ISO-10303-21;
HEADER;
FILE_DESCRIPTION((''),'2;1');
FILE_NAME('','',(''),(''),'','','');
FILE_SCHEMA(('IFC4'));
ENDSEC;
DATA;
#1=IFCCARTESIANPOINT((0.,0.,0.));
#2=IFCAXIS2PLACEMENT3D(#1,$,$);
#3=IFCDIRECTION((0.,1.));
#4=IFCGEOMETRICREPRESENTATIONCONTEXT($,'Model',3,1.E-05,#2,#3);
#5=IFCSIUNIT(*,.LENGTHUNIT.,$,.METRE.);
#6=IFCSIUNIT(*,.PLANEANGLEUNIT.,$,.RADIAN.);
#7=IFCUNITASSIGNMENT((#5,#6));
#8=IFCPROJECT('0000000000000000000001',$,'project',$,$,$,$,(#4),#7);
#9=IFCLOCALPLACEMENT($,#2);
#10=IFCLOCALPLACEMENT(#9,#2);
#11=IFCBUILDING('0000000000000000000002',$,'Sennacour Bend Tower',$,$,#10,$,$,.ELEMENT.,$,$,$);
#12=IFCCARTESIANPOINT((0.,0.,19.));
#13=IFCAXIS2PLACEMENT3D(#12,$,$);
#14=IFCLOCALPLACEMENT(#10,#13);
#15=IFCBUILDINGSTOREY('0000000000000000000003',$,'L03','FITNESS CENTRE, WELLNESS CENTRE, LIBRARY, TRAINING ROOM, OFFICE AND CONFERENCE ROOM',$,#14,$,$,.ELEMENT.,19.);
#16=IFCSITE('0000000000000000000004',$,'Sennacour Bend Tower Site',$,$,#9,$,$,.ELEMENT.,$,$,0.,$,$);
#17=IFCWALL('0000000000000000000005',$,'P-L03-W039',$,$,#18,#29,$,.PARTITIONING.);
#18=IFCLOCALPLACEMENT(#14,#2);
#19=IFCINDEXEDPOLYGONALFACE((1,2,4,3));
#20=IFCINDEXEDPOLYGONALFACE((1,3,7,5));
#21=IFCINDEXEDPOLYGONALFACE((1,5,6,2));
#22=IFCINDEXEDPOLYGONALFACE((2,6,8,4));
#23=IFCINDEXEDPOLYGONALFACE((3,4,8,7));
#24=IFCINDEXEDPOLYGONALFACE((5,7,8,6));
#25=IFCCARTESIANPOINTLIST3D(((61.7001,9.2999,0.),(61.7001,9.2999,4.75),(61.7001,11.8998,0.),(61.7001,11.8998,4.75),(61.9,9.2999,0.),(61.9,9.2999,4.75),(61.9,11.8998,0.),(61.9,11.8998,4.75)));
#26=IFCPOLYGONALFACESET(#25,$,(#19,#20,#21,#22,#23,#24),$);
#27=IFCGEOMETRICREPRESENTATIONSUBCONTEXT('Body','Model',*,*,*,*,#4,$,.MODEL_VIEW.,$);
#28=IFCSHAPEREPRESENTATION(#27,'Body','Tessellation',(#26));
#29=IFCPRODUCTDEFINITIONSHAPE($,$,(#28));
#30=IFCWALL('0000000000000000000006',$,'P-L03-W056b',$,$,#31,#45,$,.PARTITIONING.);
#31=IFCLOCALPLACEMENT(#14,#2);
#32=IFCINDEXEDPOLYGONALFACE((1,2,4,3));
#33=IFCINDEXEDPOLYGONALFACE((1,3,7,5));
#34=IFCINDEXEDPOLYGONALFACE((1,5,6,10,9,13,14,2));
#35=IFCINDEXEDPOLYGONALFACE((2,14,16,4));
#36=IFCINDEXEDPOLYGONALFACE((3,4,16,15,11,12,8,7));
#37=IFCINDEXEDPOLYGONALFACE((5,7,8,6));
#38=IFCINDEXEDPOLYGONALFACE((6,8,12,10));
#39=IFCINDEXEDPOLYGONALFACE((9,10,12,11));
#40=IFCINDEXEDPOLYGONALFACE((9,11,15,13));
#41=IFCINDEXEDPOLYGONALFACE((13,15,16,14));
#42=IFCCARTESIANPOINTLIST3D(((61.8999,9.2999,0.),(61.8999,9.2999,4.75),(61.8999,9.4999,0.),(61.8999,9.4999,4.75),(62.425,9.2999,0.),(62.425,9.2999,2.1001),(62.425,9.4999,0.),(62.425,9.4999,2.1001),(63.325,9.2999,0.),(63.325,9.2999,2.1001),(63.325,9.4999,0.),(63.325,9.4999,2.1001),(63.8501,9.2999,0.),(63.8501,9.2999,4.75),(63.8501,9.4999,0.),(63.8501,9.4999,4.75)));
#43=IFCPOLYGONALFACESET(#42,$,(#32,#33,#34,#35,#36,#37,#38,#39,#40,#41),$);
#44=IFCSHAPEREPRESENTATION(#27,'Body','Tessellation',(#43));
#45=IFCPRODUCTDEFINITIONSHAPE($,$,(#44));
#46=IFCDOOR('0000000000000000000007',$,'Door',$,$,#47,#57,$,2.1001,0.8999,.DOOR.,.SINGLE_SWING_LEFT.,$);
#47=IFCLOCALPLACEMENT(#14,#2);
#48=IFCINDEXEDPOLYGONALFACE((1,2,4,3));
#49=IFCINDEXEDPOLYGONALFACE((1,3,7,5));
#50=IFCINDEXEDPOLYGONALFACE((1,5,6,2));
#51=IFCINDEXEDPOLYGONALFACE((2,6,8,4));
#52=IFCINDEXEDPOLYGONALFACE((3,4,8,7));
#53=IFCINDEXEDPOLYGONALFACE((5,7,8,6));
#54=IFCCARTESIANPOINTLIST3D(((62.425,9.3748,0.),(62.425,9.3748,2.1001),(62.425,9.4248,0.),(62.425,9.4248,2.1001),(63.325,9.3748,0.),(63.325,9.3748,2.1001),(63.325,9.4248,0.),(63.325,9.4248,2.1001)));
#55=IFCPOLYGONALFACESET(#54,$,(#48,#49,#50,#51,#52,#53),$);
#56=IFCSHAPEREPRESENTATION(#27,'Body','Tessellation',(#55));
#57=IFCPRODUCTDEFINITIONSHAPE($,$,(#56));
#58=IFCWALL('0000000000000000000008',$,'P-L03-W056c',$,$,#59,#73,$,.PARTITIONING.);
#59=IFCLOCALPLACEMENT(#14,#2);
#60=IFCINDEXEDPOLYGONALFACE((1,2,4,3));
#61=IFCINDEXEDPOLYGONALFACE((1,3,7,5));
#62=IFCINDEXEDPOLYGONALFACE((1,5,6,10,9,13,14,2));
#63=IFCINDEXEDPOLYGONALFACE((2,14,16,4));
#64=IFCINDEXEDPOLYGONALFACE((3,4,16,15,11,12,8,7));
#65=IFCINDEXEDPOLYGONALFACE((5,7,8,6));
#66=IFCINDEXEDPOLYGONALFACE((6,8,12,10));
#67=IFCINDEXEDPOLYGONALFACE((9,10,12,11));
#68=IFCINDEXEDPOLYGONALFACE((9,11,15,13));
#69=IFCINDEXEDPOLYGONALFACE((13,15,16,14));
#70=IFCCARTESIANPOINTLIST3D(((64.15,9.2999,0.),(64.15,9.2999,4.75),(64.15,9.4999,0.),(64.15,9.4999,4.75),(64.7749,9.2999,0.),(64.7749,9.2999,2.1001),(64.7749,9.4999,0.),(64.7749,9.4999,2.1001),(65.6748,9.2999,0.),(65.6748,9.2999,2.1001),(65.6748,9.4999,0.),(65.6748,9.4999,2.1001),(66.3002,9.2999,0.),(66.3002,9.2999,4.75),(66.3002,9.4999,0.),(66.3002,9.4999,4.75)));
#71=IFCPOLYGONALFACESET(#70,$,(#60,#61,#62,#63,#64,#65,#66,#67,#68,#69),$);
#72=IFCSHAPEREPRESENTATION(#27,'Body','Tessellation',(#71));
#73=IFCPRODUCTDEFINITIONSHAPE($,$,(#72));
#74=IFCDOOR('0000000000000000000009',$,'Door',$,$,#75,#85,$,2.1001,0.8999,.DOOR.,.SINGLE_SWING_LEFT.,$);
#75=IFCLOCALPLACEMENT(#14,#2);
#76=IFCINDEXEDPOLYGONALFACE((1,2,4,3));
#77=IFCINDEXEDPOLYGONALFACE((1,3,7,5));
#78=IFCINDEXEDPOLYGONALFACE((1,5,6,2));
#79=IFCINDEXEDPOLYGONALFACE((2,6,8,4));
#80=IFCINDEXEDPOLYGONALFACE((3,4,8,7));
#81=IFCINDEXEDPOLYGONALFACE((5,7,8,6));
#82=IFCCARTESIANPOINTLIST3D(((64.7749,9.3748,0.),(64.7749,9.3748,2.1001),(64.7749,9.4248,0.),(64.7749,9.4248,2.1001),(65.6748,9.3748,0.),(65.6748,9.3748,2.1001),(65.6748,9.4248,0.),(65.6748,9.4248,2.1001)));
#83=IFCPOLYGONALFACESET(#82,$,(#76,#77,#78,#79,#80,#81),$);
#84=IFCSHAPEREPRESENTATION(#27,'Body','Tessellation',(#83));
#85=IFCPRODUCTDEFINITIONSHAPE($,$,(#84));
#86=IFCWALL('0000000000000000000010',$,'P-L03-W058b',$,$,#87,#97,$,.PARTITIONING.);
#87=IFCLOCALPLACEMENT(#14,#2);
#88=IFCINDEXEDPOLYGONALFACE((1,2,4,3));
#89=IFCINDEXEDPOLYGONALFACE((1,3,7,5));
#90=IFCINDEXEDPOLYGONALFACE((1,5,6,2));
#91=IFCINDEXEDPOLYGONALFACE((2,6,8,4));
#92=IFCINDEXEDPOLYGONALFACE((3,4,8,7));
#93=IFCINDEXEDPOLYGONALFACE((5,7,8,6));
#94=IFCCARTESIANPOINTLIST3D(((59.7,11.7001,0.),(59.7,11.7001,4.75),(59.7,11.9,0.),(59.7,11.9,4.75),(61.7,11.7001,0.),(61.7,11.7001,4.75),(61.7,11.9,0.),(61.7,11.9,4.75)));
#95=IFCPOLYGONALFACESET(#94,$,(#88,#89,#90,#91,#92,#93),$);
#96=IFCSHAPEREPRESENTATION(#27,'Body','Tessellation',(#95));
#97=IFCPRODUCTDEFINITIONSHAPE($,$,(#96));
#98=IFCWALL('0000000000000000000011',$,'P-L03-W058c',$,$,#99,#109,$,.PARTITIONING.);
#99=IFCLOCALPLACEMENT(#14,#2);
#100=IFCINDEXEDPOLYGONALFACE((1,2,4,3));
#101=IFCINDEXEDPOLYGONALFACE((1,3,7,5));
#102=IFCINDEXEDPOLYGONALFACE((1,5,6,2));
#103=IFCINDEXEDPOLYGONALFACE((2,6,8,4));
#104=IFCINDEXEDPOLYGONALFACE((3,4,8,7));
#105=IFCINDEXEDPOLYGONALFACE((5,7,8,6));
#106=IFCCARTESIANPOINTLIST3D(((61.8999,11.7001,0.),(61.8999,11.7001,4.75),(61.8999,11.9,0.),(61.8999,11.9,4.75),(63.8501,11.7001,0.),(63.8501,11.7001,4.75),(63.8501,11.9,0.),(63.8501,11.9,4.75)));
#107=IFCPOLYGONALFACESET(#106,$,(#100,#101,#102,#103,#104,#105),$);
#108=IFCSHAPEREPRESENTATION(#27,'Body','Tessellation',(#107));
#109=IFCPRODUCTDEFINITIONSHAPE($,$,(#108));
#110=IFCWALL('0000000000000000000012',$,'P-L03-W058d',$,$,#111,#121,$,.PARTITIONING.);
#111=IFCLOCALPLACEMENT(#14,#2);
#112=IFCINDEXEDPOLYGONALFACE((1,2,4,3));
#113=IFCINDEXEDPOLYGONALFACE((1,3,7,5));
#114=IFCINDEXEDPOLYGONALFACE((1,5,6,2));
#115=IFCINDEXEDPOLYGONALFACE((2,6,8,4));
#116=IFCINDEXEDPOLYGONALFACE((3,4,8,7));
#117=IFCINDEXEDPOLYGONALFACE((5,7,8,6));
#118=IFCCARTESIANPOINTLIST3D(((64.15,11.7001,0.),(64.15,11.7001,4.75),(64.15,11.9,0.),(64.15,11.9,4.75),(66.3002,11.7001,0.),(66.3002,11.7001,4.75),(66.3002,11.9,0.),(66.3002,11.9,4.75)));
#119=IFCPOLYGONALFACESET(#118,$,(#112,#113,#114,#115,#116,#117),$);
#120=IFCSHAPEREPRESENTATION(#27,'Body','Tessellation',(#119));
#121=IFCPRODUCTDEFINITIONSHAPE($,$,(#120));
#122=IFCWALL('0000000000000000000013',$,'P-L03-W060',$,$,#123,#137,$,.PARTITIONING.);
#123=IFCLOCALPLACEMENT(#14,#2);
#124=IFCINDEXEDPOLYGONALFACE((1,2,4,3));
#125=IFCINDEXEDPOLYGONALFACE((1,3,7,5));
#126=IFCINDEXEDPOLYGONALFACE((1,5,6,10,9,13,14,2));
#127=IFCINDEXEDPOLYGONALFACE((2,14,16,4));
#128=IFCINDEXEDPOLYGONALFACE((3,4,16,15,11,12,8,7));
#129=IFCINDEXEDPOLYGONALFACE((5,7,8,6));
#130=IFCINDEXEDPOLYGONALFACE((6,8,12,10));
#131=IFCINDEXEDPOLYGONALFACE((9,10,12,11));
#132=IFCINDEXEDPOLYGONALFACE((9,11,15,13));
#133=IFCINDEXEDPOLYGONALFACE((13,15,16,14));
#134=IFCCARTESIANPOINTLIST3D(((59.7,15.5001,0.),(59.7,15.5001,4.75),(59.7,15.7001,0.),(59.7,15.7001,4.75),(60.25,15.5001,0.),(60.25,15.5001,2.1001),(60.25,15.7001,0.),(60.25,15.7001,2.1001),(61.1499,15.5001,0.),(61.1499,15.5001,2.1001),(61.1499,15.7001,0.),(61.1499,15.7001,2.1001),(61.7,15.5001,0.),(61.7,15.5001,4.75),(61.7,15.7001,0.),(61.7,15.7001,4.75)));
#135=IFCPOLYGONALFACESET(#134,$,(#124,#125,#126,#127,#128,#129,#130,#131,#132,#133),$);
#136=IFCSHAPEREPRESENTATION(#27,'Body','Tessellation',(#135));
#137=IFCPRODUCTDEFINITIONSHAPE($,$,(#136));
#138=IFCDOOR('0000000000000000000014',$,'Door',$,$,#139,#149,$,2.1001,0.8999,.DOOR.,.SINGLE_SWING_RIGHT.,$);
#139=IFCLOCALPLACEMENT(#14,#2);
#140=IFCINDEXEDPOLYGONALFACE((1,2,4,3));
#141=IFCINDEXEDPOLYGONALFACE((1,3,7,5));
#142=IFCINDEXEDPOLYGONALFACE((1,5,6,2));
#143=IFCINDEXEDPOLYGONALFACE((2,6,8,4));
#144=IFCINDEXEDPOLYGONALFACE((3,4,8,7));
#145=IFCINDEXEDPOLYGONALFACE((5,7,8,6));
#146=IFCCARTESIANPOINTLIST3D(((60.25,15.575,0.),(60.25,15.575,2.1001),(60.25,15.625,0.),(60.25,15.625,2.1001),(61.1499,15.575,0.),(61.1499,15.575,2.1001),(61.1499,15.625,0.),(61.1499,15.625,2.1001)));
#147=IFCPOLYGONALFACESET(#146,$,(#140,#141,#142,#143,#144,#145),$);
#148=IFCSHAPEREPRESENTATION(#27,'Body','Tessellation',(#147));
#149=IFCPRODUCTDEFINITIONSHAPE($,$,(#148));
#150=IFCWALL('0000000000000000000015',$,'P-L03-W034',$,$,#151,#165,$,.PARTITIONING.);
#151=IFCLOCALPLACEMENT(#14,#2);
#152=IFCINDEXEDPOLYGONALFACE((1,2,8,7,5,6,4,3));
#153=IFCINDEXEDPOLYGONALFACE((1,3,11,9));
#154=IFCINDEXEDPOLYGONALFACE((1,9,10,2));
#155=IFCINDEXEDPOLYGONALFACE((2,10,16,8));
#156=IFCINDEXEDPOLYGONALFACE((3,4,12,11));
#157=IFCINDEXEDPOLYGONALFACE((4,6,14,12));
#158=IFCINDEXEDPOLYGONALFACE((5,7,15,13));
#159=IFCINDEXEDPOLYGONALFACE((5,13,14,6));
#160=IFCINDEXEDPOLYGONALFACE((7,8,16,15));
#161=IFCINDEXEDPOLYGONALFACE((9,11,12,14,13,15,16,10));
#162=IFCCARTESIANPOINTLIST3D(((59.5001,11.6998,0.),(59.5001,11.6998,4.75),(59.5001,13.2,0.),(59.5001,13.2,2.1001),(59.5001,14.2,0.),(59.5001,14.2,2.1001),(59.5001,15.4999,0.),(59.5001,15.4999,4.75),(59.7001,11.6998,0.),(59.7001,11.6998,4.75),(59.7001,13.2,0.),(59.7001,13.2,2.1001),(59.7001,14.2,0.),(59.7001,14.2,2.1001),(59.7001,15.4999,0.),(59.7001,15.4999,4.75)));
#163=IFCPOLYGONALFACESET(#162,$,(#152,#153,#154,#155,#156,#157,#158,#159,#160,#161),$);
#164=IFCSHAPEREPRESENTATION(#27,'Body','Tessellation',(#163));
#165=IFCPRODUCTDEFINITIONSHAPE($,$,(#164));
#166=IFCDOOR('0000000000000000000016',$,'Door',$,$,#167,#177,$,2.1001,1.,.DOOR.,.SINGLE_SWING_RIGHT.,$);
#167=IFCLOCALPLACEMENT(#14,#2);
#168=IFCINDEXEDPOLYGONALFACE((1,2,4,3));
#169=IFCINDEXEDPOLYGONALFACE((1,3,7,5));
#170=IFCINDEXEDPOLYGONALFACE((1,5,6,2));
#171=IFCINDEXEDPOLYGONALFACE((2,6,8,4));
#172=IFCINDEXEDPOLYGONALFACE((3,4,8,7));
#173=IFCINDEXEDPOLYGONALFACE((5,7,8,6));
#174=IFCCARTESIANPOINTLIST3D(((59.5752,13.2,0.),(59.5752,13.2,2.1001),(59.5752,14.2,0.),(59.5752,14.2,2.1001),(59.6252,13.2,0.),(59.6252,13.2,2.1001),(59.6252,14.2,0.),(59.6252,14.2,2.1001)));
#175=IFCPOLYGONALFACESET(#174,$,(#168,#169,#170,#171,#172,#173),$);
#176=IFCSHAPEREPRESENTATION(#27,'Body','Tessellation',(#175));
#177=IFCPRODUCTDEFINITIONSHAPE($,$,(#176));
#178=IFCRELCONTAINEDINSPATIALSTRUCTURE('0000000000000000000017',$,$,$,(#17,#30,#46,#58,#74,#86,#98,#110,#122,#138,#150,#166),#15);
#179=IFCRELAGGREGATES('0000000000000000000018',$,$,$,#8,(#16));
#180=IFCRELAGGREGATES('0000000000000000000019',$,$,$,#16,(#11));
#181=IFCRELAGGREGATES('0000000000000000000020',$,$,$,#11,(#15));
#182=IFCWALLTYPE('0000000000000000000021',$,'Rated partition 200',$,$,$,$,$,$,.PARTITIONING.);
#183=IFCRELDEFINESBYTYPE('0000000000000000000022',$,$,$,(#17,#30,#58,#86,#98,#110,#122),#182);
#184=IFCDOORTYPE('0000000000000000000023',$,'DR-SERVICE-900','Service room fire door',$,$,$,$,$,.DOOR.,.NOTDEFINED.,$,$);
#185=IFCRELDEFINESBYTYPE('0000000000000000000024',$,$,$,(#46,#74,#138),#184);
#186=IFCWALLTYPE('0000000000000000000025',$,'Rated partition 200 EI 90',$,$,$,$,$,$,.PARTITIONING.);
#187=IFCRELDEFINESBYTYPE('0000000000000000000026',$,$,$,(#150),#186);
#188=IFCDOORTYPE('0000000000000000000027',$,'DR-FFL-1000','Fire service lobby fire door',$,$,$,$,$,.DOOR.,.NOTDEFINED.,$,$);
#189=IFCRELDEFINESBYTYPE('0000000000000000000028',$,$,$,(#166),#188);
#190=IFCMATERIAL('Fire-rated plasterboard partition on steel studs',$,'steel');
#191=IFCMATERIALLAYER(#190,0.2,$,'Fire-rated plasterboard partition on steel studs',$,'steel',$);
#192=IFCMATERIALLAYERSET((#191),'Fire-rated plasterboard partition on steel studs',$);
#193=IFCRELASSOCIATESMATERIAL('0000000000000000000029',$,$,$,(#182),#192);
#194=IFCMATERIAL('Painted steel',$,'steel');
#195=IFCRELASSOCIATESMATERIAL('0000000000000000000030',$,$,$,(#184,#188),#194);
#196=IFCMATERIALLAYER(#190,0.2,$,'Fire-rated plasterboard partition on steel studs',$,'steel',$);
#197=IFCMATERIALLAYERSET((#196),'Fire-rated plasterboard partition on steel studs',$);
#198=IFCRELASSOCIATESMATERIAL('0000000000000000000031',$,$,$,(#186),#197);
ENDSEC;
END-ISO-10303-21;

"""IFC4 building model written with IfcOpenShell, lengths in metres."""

from ifc_helpers import new_model, si_unit, direction, frame, frame_2d, origin, place, context, subcontext, project, spatial, rectangle, extrude, material, layer, layer_set, type_object, element, fill, save


model = new_model("IFC4")

# Units and contexts
model_context = context("Model", 3, precision=1e-05, world=origin(), true_north=direction((0.0, 1.0)))
body_context = subcontext(model_context, "Body", "Model", "MODEL_VIEW")
ifc_project = project(units=[si_unit("LENGTHUNIT", "METRE"), si_unit("PLANEANGLEUNIT", "RADIAN")], contexts=[model_context])

# Site, building, storey
site_placement = place(None, origin())
site = spatial("IfcSite", under=ifc_project, at=site_placement, Name="Sennacour Bend Tower Site", CompositionType="ELEMENT", RefElevation=0.0)
building_placement = place(site_placement, origin())
building = spatial("IfcBuilding", under=site, at=building_placement, Name="Sennacour Bend Tower", CompositionType="ELEMENT")
storey_placement = place(building_placement, frame((0.0, 0.0, 19.0)))
storey = spatial("IfcBuildingStorey", under=building, at=storey_placement, Name="L03", Description="FITNESS CENTRE, WELLNESS CENTRE, LIBRARY, TRAINING ROOM, OFFICE AND CONFERENCE ROOM", CompositionType="ELEMENT", Elevation=19.0)

# Wall
ifc_material_1 = material(Name="Fire-rated plasterboard partition on steel studs", Category="steel")
ifc_layer_1 = layer(ifc_material_1, 0.2, Name="Fire-rated plasterboard partition on steel studs", Category="steel")
ifc_layer_set_1 = layer_set([ifc_layer_1], Name="Fire-rated plasterboard partition on steel studs")
wall_type_1 = type_object("IfcWallType", Name="Rated partition 200", PredefinedType="PARTITIONING", material=ifc_layer_set_1)
wall_1_placement = place(storey_placement, frame((61.8, 9.3, 0.0), z_axis=(0.0, 0.0, 1.0), x_axis=(0.0, 1.0, 0.0)))
element("IfcWall", 1, at=wall_1_placement, inside=storey, type_object=wall_type_1, Name="P-L03-W039", PredefinedType="PARTITIONING", context=body_context, shape_type="SweptSolid", body=[
    extrude(rectangle(XDim=2.5999, YDim=0.2, at=frame_2d((1.2998, 0.0))), origin(), (0.0, 0.0, 1.0), 4.75),
])

# Walls, openings, doors
wall_2_placement = place(storey_placement, frame((61.8999, 9.3999, 0.0), z_axis=(0.0, 0.0, 1.0), x_axis=(1.0, 0.0, 0.0)))
wall_2 = element("IfcWall", 2, at=wall_2_placement, inside=storey, type_object=wall_type_1, Name="P-L03-W056b", PredefinedType="PARTITIONING", context=body_context, shape_type="SweptSolid", body=[
    extrude(rectangle(XDim=1.9502, YDim=0.2, at=frame_2d((0.9751, 0.0))), origin(), (0.0, 0.0, 1.0), 4.75),
])
opening_1_placement = place(wall_2_placement, frame((0.5251, 0.0, 0.0)))
opening_1 = element("IfcOpeningElement", 3, at=opening_1_placement, cuts=wall_2, PredefinedType="OPENING", context=body_context, shape_type="SweptSolid", body=[
    extrude(rectangle(XDim=0.8999, YDim=2.1001, at=frame_2d((0.45, 1.05))), frame((0.0, 0.1099, 0.0), z_axis=(0.0, -1.0, 0.0), x_axis=(1.0, 0.0, 0.0)), (0.0, 0.0, 1.0), 0.22),
])
ifc_material_2 = material(Name="Painted steel", Category="steel")
door_type_1 = type_object("IfcDoorType", Name="DR-SERVICE-900", Description="Service room fire door", OperationType="NOTDEFINED", PredefinedType="DOOR", material=ifc_material_2)
door_1_placement = place(opening_1_placement, origin())
door_1 = element("IfcDoor", 4, at=door_1_placement, inside=storey, type_object=door_type_1, Name="Door", OperationType="SINGLE_SWING_LEFT", OverallHeight=2.1001, OverallWidth=0.8999, PredefinedType="DOOR", context=body_context, shape_type="SweptSolid", body=[
    extrude(rectangle(XDim=0.8999, YDim=2.1001, at=frame_2d((0.45, 1.05))), frame((0.0, 0.0249, 0.0), z_axis=(0.0, -1.0, 0.0), x_axis=(1.0, 0.0, 0.0)), (0.0, 0.0, 1.0), 0.05),
])
fill(opening_1, door_1)
wall_3_placement = place(storey_placement, frame((64.1499, 9.3999, 0.0), z_axis=(0.0, 0.0, 1.0), x_axis=(1.0, 0.0, 0.0)))
wall_3 = element("IfcWall", 5, at=wall_3_placement, inside=storey, type_object=wall_type_1, Name="P-L03-W056c", PredefinedType="PARTITIONING", context=body_context, shape_type="SweptSolid", body=[
    extrude(rectangle(XDim=2.1501, YDim=0.2, at=frame_2d((1.0752, 0.0))), origin(), (0.0, 0.0, 1.0), 4.75),
])
opening_2_placement = place(wall_3_placement, frame((0.625, 0.0, 0.0)))
opening_2 = element("IfcOpeningElement", 6, at=opening_2_placement, cuts=wall_3, PredefinedType="OPENING", context=body_context, shape_type="SweptSolid", body=[
    extrude(rectangle(XDim=0.8999, YDim=2.1001, at=frame_2d((0.45, 1.05))), frame((0.0, 0.1099, 0.0), z_axis=(0.0, -1.0, 0.0), x_axis=(1.0, 0.0, 0.0)), (0.0, 0.0, 1.0), 0.22),
])
door_2_placement = place(opening_2_placement, origin())
door_2 = element("IfcDoor", 7, at=door_2_placement, inside=storey, type_object=door_type_1, Name="Door", OperationType="SINGLE_SWING_LEFT", OverallHeight=2.1001, OverallWidth=0.8999, PredefinedType="DOOR", context=body_context, shape_type="SweptSolid", body=[
    extrude(rectangle(XDim=0.8999, YDim=2.1001, at=frame_2d((0.45, 1.05))), frame((0.0, 0.0249, 0.0), z_axis=(0.0, -1.0, 0.0), x_axis=(1.0, 0.0, 0.0)), (0.0, 0.0, 1.0), 0.05),
])
fill(opening_2, door_2)

# Walls
wall_4_placement = place(storey_placement, frame((59.7, 11.8, 0.0), z_axis=(0.0, 0.0, 1.0), x_axis=(1.0, 0.0, 0.0)))
element("IfcWall", 8, at=wall_4_placement, inside=storey, type_object=wall_type_1, Name="P-L03-W058b", PredefinedType="PARTITIONING", context=body_context, shape_type="SweptSolid", body=[
    extrude(rectangle(XDim=2.0, YDim=0.2, at=frame_2d((1.0, 0.0))), origin(), (0.0, 0.0, 1.0), 4.75),
])
wall_5_placement = place(storey_placement, frame((61.8999, 11.8, 0.0), z_axis=(0.0, 0.0, 1.0), x_axis=(1.0, 0.0, 0.0)))
element("IfcWall", 9, at=wall_5_placement, inside=storey, type_object=wall_type_1, Name="P-L03-W058c", PredefinedType="PARTITIONING", context=body_context, shape_type="SweptSolid", body=[
    extrude(rectangle(XDim=1.9502, YDim=0.2, at=frame_2d((0.9751, 0.0))), origin(), (0.0, 0.0, 1.0), 4.75),
])
wall_6_placement = place(storey_placement, frame((64.1499, 11.8, 0.0), z_axis=(0.0, 0.0, 1.0), x_axis=(1.0, 0.0, 0.0)))
element("IfcWall", 10, at=wall_6_placement, inside=storey, type_object=wall_type_1, Name="P-L03-W058d", PredefinedType="PARTITIONING", context=body_context, shape_type="SweptSolid", body=[
    extrude(rectangle(XDim=2.1501, YDim=0.2, at=frame_2d((1.0752, 0.0))), origin(), (0.0, 0.0, 1.0), 4.75),
])

# Walls, openings, doors
wall_7_placement = place(storey_placement, frame((59.7, 15.6001, 0.0), z_axis=(0.0, 0.0, 1.0), x_axis=(1.0, 0.0, 0.0)))
wall_7 = element("IfcWall", 11, at=wall_7_placement, inside=storey, type_object=wall_type_1, Name="P-L03-W060", PredefinedType="PARTITIONING", context=body_context, shape_type="SweptSolid", body=[
    extrude(rectangle(XDim=2.0, YDim=0.2, at=frame_2d((1.0, 0.0))), origin(), (0.0, 0.0, 1.0), 4.75),
])
opening_3_placement = place(wall_7_placement, frame((0.55, 0.0, 0.0)))
opening_3 = element("IfcOpeningElement", 12, at=opening_3_placement, cuts=wall_7, PredefinedType="OPENING", context=body_context, shape_type="SweptSolid", body=[
    extrude(rectangle(XDim=0.8999, YDim=2.1001, at=frame_2d((0.45, 1.05))), frame((0.0, 0.1099, 0.0), z_axis=(0.0, -1.0, 0.0), x_axis=(1.0, 0.0, 0.0)), (0.0, 0.0, 1.0), 0.22),
])
door_3_placement = place(opening_3_placement, origin())
door_3 = element("IfcDoor", 13, at=door_3_placement, inside=storey, type_object=door_type_1, Name="Door", OperationType="SINGLE_SWING_RIGHT", OverallHeight=2.1001, OverallWidth=0.8999, PredefinedType="DOOR", context=body_context, shape_type="SweptSolid", body=[
    extrude(rectangle(XDim=0.8999, YDim=2.1001, at=frame_2d((0.45, 1.05))), frame((0.0, 0.0249, 0.0), z_axis=(0.0, -1.0, 0.0), x_axis=(1.0, 0.0, 0.0)), (0.0, 0.0, 1.0), 0.05),
])
fill(opening_3, door_3)
ifc_layer_2 = layer(ifc_material_1, 0.2, Name="Fire-rated plasterboard partition on steel studs", Category="steel")
ifc_layer_set_2 = layer_set([ifc_layer_2], Name="Fire-rated plasterboard partition on steel studs")
wall_type_2 = type_object("IfcWallType", Name="Rated partition 200 EI 90", PredefinedType="PARTITIONING", material=ifc_layer_set_2)
wall_8_placement = place(storey_placement, frame((59.6001, 11.7, 0.0), z_axis=(0.0, 0.0, 1.0), x_axis=(0.0, 1.0, 0.0)))
wall_8 = element("IfcWall", 14, at=wall_8_placement, inside=storey, type_object=wall_type_2, Name="P-L03-W034", PredefinedType="PARTITIONING", context=body_context, shape_type="SweptSolid", body=[
    extrude(rectangle(XDim=3.8, YDim=0.2, at=frame_2d((1.8999, 0.0))), origin(), (0.0, 0.0, 1.0), 4.75),
])
opening_4_placement = place(wall_8_placement, frame((1.5, 0.0, 0.0)))
opening_4 = element("IfcOpeningElement", 15, at=opening_4_placement, cuts=wall_8, PredefinedType="OPENING", context=body_context, shape_type="SweptSolid", body=[
    extrude(rectangle(XDim=1.0, YDim=2.1001, at=frame_2d((0.5, 1.05))), frame((0.0, 0.1099, 0.0), z_axis=(0.0, -1.0, 0.0), x_axis=(1.0, 0.0, 0.0)), (0.0, 0.0, 1.0), 0.22),
])
door_type_2 = type_object("IfcDoorType", Name="DR-FFL-1000", Description="Fire service lobby fire door", OperationType="NOTDEFINED", PredefinedType="DOOR", material=ifc_material_2)
door_4_placement = place(opening_4_placement, origin())
door_4 = element("IfcDoor", 16, at=door_4_placement, inside=storey, type_object=door_type_2, Name="Door", OperationType="SINGLE_SWING_RIGHT", OverallHeight=2.1001, OverallWidth=1.0, PredefinedType="DOOR", context=body_context, shape_type="SweptSolid", body=[
    extrude(rectangle(XDim=1.0, YDim=2.1001, at=frame_2d((0.5, 1.05))), frame((0.0, 0.0249, 0.0), z_axis=(0.0, -1.0, 0.0), x_axis=(1.0, 0.0, 0.0)), (0.0, 0.0, 1.0), 0.05),
])
fill(opening_4, door_4)

save(model, "model.ifc")
